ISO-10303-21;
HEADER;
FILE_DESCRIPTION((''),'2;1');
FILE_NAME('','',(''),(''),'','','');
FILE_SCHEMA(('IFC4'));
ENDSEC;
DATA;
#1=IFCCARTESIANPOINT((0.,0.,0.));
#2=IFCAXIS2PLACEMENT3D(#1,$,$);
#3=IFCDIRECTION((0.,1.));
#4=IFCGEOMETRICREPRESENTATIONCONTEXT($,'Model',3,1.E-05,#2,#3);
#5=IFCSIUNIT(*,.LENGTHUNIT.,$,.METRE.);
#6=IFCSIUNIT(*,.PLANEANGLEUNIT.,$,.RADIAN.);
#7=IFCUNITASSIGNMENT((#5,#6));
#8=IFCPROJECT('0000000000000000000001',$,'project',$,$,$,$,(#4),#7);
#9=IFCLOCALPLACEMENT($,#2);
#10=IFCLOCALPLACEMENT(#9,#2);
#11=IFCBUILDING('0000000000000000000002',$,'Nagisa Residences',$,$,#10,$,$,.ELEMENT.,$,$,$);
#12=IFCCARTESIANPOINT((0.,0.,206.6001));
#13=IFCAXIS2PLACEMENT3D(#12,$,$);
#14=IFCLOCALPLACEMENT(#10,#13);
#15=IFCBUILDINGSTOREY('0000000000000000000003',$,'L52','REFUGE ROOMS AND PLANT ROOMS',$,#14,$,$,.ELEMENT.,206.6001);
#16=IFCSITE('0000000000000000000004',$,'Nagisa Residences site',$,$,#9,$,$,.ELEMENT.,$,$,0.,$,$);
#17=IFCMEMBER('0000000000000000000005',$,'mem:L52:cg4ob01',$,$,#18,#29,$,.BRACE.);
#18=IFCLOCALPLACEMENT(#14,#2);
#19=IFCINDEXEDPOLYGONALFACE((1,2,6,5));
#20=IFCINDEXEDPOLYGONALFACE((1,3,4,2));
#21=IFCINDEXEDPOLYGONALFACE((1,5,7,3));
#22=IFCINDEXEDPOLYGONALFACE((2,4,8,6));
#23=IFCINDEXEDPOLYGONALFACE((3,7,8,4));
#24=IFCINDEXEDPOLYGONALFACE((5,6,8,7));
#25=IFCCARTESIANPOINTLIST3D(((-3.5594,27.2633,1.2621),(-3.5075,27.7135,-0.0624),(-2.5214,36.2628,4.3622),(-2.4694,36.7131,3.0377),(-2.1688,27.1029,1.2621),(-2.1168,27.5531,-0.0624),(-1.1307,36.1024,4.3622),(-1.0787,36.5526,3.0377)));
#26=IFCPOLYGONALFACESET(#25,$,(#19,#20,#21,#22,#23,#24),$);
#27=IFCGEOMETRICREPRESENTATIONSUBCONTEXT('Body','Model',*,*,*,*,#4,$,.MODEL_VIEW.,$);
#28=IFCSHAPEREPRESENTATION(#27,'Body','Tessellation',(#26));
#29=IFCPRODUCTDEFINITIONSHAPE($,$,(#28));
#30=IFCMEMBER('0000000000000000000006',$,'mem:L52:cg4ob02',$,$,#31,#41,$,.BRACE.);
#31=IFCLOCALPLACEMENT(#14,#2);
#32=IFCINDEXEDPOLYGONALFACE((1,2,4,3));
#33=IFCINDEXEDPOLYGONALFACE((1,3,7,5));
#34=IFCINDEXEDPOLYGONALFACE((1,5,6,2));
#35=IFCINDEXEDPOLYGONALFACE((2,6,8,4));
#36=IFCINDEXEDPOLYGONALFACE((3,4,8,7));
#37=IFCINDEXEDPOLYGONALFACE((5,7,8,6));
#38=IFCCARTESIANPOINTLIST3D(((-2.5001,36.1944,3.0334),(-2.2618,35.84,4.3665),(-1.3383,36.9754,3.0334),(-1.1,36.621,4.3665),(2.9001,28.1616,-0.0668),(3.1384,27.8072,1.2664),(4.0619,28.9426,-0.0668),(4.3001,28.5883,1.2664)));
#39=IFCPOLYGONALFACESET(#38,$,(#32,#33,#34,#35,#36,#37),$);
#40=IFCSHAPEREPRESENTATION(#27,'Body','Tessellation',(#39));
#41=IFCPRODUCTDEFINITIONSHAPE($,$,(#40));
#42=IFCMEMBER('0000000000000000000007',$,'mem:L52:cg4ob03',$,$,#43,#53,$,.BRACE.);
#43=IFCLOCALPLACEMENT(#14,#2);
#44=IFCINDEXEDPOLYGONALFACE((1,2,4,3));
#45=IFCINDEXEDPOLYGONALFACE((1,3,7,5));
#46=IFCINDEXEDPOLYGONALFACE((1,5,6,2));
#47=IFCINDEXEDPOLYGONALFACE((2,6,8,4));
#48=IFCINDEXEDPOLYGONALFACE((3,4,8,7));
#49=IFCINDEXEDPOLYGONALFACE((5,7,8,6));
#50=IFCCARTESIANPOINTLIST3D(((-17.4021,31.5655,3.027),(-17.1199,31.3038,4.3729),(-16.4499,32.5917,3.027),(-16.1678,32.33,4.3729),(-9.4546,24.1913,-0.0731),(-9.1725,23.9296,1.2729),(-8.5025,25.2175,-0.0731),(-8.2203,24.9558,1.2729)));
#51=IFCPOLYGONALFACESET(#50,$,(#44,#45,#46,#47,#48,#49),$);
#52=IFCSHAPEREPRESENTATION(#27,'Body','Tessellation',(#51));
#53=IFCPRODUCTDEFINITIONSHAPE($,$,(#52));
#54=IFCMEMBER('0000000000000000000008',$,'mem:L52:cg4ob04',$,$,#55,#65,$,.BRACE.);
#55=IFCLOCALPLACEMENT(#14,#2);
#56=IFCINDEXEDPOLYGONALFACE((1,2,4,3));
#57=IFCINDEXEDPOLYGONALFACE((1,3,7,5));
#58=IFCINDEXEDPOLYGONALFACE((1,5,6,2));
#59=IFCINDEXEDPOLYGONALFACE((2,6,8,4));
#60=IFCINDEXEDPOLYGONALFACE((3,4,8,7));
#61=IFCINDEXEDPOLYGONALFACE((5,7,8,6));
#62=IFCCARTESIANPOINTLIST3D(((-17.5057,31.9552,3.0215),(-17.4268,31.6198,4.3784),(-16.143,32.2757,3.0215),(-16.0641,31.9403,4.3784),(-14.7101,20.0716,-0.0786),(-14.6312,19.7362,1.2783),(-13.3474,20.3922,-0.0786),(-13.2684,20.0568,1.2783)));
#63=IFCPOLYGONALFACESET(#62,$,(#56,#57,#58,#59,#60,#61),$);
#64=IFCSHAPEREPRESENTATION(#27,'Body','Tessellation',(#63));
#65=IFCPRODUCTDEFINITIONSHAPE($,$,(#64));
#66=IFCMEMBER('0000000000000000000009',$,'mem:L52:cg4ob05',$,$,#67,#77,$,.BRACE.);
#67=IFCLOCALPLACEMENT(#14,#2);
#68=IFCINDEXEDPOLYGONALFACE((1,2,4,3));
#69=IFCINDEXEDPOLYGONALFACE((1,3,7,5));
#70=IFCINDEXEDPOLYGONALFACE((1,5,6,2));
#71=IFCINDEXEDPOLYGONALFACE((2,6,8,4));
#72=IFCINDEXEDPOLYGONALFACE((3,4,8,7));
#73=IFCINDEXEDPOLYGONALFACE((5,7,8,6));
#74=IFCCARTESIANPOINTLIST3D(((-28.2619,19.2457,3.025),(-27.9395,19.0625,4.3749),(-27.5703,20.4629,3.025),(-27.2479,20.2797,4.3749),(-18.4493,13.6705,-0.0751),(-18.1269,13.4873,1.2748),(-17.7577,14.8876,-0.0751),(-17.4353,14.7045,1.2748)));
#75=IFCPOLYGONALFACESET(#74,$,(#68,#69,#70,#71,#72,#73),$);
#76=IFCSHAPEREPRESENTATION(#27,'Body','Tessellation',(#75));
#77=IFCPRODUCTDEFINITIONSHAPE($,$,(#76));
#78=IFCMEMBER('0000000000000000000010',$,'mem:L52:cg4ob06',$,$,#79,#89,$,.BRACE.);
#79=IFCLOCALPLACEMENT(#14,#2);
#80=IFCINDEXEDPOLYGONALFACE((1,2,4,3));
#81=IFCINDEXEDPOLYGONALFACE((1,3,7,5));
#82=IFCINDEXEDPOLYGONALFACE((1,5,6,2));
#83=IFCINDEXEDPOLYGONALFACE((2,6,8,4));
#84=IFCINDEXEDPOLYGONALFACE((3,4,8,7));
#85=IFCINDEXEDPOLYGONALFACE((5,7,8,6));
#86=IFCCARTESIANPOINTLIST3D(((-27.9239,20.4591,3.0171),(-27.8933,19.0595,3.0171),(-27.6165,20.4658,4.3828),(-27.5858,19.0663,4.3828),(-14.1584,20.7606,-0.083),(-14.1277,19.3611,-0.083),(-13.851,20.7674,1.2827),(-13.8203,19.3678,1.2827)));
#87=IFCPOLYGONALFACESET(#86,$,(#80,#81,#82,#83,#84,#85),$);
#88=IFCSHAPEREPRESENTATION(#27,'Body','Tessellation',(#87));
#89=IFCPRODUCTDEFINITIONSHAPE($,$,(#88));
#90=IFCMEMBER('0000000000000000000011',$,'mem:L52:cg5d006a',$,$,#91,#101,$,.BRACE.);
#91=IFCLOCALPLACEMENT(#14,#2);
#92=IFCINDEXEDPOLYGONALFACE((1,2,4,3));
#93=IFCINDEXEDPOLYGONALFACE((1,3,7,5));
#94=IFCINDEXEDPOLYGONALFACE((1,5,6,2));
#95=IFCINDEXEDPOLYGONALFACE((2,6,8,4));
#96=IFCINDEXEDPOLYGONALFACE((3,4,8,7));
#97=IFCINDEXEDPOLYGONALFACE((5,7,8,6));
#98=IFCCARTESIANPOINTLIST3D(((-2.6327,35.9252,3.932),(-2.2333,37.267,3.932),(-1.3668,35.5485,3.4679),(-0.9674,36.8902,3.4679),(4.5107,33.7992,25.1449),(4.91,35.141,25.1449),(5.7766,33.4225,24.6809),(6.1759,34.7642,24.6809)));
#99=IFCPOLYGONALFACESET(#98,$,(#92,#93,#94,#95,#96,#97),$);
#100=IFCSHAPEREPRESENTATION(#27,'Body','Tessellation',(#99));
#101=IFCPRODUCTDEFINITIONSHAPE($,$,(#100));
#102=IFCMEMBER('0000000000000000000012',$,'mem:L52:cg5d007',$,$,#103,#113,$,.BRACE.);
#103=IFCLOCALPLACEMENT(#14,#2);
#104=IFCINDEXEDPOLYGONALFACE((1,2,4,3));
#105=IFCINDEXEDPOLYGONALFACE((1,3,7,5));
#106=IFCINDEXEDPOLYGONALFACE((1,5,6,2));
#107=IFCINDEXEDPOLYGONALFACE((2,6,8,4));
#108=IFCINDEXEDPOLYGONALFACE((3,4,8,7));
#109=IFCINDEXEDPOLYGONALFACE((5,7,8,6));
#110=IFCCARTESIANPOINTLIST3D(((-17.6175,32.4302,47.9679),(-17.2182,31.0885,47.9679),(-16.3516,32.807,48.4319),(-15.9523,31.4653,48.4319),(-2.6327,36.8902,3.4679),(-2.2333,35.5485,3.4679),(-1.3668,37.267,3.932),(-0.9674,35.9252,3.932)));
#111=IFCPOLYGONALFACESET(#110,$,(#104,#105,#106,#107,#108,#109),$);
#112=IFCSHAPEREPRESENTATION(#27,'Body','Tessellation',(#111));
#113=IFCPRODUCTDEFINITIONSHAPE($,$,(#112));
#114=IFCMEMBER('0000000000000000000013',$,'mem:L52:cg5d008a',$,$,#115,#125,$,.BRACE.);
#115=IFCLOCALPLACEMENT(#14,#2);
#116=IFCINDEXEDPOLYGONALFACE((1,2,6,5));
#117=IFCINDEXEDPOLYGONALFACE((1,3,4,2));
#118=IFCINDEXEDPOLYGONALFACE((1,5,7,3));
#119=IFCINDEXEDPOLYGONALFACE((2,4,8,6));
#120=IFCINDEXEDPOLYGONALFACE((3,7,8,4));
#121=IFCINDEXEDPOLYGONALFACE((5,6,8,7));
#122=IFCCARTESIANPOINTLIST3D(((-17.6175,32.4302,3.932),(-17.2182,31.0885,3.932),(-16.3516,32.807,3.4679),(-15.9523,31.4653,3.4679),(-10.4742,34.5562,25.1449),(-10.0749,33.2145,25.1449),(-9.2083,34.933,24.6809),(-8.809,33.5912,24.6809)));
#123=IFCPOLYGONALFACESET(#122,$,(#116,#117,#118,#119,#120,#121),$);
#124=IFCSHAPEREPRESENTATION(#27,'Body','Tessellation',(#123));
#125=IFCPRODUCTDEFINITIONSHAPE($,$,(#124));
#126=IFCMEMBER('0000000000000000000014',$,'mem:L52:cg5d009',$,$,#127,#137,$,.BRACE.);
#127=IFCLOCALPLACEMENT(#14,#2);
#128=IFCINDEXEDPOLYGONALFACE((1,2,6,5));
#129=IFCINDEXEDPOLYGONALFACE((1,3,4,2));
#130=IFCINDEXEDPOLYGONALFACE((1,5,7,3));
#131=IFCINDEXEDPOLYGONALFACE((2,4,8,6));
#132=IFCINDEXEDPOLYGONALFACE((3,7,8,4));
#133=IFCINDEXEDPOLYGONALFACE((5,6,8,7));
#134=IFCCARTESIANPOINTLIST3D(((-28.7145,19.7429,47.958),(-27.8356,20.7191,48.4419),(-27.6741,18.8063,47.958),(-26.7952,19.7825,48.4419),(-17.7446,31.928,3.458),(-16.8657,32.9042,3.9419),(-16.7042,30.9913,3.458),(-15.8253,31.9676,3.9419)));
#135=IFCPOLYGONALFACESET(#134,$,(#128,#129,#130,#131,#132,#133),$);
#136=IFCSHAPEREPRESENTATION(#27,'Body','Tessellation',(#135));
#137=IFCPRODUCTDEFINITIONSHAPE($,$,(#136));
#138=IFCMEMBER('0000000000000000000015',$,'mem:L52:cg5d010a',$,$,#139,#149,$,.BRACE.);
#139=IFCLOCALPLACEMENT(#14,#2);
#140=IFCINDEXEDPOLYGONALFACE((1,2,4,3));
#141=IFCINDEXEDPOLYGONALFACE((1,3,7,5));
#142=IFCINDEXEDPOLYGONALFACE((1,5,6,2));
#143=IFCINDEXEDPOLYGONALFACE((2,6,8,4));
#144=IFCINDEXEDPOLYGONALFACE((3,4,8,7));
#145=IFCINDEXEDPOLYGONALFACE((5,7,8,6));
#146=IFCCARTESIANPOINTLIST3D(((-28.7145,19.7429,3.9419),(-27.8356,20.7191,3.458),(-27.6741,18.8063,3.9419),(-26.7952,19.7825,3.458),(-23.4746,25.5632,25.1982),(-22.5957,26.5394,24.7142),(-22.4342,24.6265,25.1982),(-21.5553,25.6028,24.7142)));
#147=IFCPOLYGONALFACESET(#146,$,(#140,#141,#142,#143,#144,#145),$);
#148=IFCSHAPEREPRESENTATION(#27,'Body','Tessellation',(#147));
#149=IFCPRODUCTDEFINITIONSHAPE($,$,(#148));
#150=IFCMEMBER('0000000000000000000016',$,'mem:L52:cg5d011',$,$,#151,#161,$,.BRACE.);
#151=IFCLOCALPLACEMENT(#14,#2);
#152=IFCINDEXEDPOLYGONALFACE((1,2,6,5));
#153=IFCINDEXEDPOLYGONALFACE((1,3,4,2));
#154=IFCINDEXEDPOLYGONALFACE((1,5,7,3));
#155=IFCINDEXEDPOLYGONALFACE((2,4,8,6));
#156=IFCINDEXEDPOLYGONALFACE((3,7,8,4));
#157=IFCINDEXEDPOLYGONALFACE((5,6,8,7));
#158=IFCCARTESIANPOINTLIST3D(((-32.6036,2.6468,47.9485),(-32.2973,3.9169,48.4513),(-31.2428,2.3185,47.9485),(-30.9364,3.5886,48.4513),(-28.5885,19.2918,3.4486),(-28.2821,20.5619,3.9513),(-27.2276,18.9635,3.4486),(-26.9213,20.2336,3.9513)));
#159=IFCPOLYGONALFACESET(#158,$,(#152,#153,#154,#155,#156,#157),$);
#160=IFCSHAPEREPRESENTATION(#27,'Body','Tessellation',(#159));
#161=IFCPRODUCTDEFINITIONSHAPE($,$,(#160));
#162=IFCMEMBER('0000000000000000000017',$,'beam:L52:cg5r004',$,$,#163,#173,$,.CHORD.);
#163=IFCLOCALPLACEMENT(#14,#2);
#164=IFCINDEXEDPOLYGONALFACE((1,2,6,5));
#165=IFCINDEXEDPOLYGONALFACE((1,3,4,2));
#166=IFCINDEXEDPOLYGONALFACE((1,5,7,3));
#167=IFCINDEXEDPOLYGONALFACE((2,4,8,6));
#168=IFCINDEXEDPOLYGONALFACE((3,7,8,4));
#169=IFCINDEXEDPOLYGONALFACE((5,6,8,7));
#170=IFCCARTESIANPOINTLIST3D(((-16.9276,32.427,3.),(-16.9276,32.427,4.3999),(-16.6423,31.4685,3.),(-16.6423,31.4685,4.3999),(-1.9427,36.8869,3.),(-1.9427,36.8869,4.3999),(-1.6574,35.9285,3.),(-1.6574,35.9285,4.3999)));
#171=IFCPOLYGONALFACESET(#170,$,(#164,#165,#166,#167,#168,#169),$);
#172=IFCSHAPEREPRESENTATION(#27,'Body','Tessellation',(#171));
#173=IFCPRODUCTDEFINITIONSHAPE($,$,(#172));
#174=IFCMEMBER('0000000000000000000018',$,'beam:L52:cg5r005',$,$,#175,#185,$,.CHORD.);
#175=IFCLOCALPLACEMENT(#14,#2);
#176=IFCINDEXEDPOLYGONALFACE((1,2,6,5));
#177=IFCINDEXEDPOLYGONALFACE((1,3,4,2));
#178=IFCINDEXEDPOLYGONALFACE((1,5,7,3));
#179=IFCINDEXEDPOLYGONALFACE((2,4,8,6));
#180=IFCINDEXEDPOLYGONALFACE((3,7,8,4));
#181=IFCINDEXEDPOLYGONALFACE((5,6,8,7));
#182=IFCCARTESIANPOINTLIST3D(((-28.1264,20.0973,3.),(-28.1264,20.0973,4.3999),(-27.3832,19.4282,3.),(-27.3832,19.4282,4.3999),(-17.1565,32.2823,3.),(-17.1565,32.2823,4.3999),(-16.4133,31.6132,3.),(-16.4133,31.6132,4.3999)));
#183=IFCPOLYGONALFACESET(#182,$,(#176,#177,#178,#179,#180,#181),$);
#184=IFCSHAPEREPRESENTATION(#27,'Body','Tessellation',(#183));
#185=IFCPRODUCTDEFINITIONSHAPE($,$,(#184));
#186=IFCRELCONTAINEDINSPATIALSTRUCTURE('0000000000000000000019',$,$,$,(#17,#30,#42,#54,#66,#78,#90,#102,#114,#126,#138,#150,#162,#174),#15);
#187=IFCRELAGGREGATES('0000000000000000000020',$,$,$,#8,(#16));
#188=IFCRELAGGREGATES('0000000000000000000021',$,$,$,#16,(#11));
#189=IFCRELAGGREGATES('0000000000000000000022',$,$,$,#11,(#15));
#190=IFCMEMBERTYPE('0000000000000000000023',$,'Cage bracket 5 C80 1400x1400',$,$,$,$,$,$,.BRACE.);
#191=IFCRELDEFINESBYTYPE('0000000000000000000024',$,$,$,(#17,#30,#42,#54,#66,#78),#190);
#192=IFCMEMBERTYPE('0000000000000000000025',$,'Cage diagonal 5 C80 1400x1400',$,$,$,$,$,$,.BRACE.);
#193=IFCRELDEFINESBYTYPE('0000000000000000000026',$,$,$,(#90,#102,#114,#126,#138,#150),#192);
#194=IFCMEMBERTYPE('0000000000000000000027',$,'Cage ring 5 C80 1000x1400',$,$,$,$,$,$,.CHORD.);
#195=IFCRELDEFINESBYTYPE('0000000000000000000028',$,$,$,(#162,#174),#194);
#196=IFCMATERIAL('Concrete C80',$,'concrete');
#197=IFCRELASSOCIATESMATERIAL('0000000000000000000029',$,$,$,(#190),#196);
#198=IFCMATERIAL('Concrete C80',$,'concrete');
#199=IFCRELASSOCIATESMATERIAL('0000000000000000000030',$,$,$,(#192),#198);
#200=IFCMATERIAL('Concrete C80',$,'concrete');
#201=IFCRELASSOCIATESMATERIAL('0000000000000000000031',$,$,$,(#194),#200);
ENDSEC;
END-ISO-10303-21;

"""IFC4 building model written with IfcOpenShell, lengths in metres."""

from ifc_helpers import new_model, si_unit, direction, frame, origin, origin_2d, place, context, subcontext, project, spatial, rectangle, extrude, material, material_profile, profile_set, type_object, element, save


model = new_model("IFC4")

# Units and contexts
model_context = context("Model", 3, precision=1e-05, world=origin(), true_north=direction((0.0, 1.0)))
body_context = subcontext(model_context, "Body", "Model", "MODEL_VIEW")
ifc_project = project(units=[si_unit("LENGTHUNIT", "METRE"), si_unit("PLANEANGLEUNIT", "RADIAN")], contexts=[model_context])

# Site, building, storey
site_placement = place(None, origin())
site = spatial("IfcSite", under=ifc_project, at=site_placement, Name="Nagisa Residences site", CompositionType="ELEMENT", RefElevation=0.0)
building_placement = place(site_placement, origin())
building = spatial("IfcBuilding", under=site, at=building_placement, Name="Nagisa Residences", CompositionType="ELEMENT")
storey_placement = place(building_placement, frame((0.0, 0.0, 206.6001)))
storey = spatial("IfcBuildingStorey", under=building, at=storey_placement, Name="L52", Description="REFUGE ROOMS AND PLANT ROOMS", CompositionType="ELEMENT", Elevation=206.6001)

# Members
ifc_material_1 = material(Name="Concrete C80", Category="concrete")
ifc_material_profile_1 = material_profile(ifc_material_1, rectangle(XDim=1.3999, YDim=1.3999, at=origin_2d()), Name="C80 1400x1400")
ifc_profile_set_1 = profile_set([ifc_material_profile_1], Name="Concrete C80")
member_type_1 = type_object("IfcMemberType", Name="Cage bracket 5 C80 1400x1400", PredefinedType="BRACE", material=ifc_profile_set_1)
member_1_placement = place(storey_placement, frame((-1.8, 36.4077, 3.7), z_axis=(-0.108417, -0.939903, -0.323772), x_axis=(0.993413, -0.114589, 0.0)))
element("IfcMember", 1, at=member_1_placement, inside=storey, type_object=member_type_1, Name="mem:L52:cg4ob01", PredefinedType="BRACE", context=body_context, shape_type="SweptSolid", body=[
    extrude(rectangle(XDim=1.3999, YDim=1.3999, at=origin_2d()), origin(), (0.0, 0.0, 1.0), 9.575),
])
member_2_placement = place(storey_placement, frame((-1.8, 36.4077, 3.7), z_axis=(0.531328, -0.790349, -0.305023), x_axis=(0.829898, 0.557915, 0.0)))
element("IfcMember", 2, at=member_2_placement, inside=storey, type_object=member_type_1, Name="mem:L52:cg4ob02", PredefinedType="BRACE", context=body_context, shape_type="SweptSolid", body=[
    extrude(rectangle(XDim=1.3999, YDim=1.3999, at=origin_2d()), origin(), (0.0, 0.0, 1.0), 10.1636),
])
member_3_placement = place(storey_placement, frame((-16.7849, 31.9478, 3.7), z_axis=(0.704802, -0.653966, -0.274923), x_axis=(0.680176, 0.733049, 0.0)))
element("IfcMember", 3, at=member_3_placement, inside=storey, type_object=member_type_1, Name="mem:L52:cg4ob03", PredefinedType="BRACE", context=body_context, shape_type="SweptSolid", body=[
    extrude(rectangle(XDim=1.3999, YDim=1.3999, at=origin_2d()), origin(), (0.0, 0.0, 1.0), 11.2761),
])
member_4_placement = place(storey_placement, frame((-16.7849, 31.9478, 3.7), z_axis=(0.221958, -0.94348, -0.246129), x_axis=(0.973426, 0.229003, 0.0)))
element("IfcMember", 4, at=member_4_placement, inside=storey, type_object=member_type_1, Name="mem:L52:cg4ob04", PredefinedType="BRACE", context=body_context, shape_type="SweptSolid", body=[
    extrude(rectangle(XDim=1.3999, YDim=1.3999, at=origin_2d()), origin(), (0.0, 0.0, 1.0), 12.5955),
])
member_5_placement = place(storey_placement, frame((-27.7549, 19.7627, 3.7), z_axis=(0.838404, -0.476358, -0.26488), x_axis=(0.494003, 0.86946, 0.0)))
element("IfcMember", 5, at=member_5_placement, inside=storey, type_object=member_type_1, Name="mem:L52:cg4ob05", PredefinedType="BRACE", context=body_context, shape_type="SweptSolid", body=[
    extrude(rectangle(XDim=1.3999, YDim=1.3999, at=origin_2d()), origin(), (0.0, 0.0, 1.0), 11.7039),
])
member_6_placement = place(storey_placement, frame((-27.7549, 19.7627, 3.7), z_axis=(0.975344, 0.021363, -0.219653), x_axis=(-0.021898, 0.99976, 0.0)))
element("IfcMember", 6, at=member_6_placement, inside=storey, type_object=member_type_1, Name="mem:L52:cg4ob06", PredefinedType="BRACE", context=body_context, shape_type="SweptSolid", body=[
    extrude(rectangle(XDim=1.3999, YDim=1.3999, at=origin_2d()), origin(), (0.0, 0.0, 1.0), 14.1135),
])
ifc_material_2 = material(Name="Concrete C80", Category="concrete")
ifc_material_profile_2 = material_profile(ifc_material_2, rectangle(XDim=1.3999, YDim=1.3999, at=origin_2d()), Name="C80 1400x1400")
ifc_profile_set_2 = profile_set([ifc_material_profile_2], Name="Concrete C80")
member_type_2 = type_object("IfcMemberType", Name="Cage diagonal 5 C80 1400x1400", PredefinedType="BRACE", material=ifc_profile_set_2)
member_7_placement = place(storey_placement, frame((-1.8, 36.4077, 3.7), z_axis=(0.317705, -0.094555, 0.943463), x_axis=(0.285253, 0.958452, 0.0)))
element("IfcMember", 7, at=member_7_placement, inside=storey, type_object=member_type_2, Name="mem:L52:cg5d006a", PredefinedType="BRACE", context=body_context, shape_type="SweptSolid", body=[
    extrude(rectangle(XDim=1.3999, YDim=1.3999, at=origin_2d()), origin(), (0.0, 0.0, 1.0), 22.4841),
])
member_8_placement = place(storey_placement, frame((-1.8, 36.4077, 3.7), z_axis=(-0.317701, -0.094558, 0.943464), x_axis=(0.285264, -0.958449, 0.0)))
element("IfcMember", 8, at=member_8_placement, inside=storey, type_object=member_type_2, Name="mem:L52:cg5d007", PredefinedType="BRACE", context=body_context, shape_type="SweptSolid", body=[
    extrude(rectangle(XDim=1.3999, YDim=1.3999, at=origin_2d()), origin(), (0.0, 0.0, 1.0), 47.1665),
])
member_9_placement = place(storey_placement, frame((-16.7849, 31.9478, 3.7), z_axis=(0.317705, 0.094555, 0.943463), x_axis=(-0.285253, 0.958452, 0.0)))
element("IfcMember", 9, at=member_9_placement, inside=storey, type_object=member_type_2, Name="mem:L52:cg5d008a", PredefinedType="BRACE", context=body_context, shape_type="SweptSolid", body=[
    extrude(rectangle(XDim=1.3999, YDim=1.3999, at=origin_2d()), origin(), (0.0, 0.0, 1.0), 22.4841),
])
member_10_placement = place(storey_placement, frame((-16.7849, 31.9478, 3.7), z_axis=(-0.231315, -0.256937, 0.938337), x_axis=(0.74319, -0.66908, 0.0)))
element("IfcMember", 10, at=member_10_placement, inside=storey, type_object=member_type_2, Name="mem:L52:cg5d009", PredefinedType="BRACE", context=body_context, shape_type="SweptSolid", body=[
    extrude(rectangle(XDim=1.3999, YDim=1.3999, at=origin_2d()), origin(), (0.0, 0.0, 1.0), 47.4243),
])
member_11_placement = place(storey_placement, frame((-27.7549, 19.7627, 3.7), z_axis=(0.231314, 0.256932, 0.938339), x_axis=(-0.743186, 0.669085, 0.0)))
element("IfcMember", 11, at=member_11_placement, inside=storey, type_object=member_type_2, Name="mem:L52:cg5d010a", PredefinedType="BRACE", context=body_context, shape_type="SweptSolid", body=[
    extrude(rectangle(XDim=1.3999, YDim=1.3999, at=origin_2d()), origin(), (0.0, 0.0, 1.0), 22.6531),
])
member_12_placement = place(storey_placement, frame((-27.7549, 19.7627, 3.7), z_axis=(-0.084209, -0.349095, 0.933296), x_axis=(0.972117, -0.234496, 0.0)))
element("IfcMember", 12, at=member_12_placement, inside=storey, type_object=member_type_2, Name="mem:L52:cg5d011", PredefinedType="BRACE", context=body_context, shape_type="SweptSolid", body=[
    extrude(rectangle(XDim=1.3999, YDim=1.3999, at=origin_2d()), origin(), (0.0, 0.0, 1.0), 47.6804),
])
ifc_material_3 = material(Name="Concrete C80", Category="concrete")
ifc_material_profile_3 = material_profile(ifc_material_3, rectangle(XDim=1.0, YDim=1.3999, at=origin_2d()), Name="C80 1000x1400")
ifc_profile_set_3 = profile_set([ifc_material_profile_3], Name="Concrete C80")
member_type_3 = type_object("IfcMemberType", Name="Cage ring 5 C80 1000x1400", PredefinedType="CHORD", material=ifc_profile_set_3)
member_13_placement = place(storey_placement, frame((-1.8, 36.4077, 3.7), z_axis=(-0.958449, -0.285264, 0.0), x_axis=(0.285264, -0.958449, 0.0)))
element("IfcMember", 13, at=member_13_placement, inside=storey, type_object=member_type_3, Name="beam:L52:cg5r004", PredefinedType="CHORD", context=body_context, shape_type="SweptSolid", body=[
    extrude(rectangle(XDim=1.0, YDim=1.3999, at=origin_2d()), origin(), (0.0, 0.0, 1.0), 15.6345),
])
member_14_placement = place(storey_placement, frame((-16.7849, 31.9478, 3.7), z_axis=(-0.66908, -0.74319, 0.0), x_axis=(0.74319, -0.66908, 0.0)))
element("IfcMember", 14, at=member_14_placement, inside=storey, type_object=member_type_3, Name="beam:L52:cg5r005", PredefinedType="CHORD", context=body_context, shape_type="SweptSolid", body=[
    extrude(rectangle(XDim=1.0, YDim=1.3999, at=origin_2d()), origin(), (0.0, 0.0, 1.0), 16.3955),
])

save(model, "model.ifc")
